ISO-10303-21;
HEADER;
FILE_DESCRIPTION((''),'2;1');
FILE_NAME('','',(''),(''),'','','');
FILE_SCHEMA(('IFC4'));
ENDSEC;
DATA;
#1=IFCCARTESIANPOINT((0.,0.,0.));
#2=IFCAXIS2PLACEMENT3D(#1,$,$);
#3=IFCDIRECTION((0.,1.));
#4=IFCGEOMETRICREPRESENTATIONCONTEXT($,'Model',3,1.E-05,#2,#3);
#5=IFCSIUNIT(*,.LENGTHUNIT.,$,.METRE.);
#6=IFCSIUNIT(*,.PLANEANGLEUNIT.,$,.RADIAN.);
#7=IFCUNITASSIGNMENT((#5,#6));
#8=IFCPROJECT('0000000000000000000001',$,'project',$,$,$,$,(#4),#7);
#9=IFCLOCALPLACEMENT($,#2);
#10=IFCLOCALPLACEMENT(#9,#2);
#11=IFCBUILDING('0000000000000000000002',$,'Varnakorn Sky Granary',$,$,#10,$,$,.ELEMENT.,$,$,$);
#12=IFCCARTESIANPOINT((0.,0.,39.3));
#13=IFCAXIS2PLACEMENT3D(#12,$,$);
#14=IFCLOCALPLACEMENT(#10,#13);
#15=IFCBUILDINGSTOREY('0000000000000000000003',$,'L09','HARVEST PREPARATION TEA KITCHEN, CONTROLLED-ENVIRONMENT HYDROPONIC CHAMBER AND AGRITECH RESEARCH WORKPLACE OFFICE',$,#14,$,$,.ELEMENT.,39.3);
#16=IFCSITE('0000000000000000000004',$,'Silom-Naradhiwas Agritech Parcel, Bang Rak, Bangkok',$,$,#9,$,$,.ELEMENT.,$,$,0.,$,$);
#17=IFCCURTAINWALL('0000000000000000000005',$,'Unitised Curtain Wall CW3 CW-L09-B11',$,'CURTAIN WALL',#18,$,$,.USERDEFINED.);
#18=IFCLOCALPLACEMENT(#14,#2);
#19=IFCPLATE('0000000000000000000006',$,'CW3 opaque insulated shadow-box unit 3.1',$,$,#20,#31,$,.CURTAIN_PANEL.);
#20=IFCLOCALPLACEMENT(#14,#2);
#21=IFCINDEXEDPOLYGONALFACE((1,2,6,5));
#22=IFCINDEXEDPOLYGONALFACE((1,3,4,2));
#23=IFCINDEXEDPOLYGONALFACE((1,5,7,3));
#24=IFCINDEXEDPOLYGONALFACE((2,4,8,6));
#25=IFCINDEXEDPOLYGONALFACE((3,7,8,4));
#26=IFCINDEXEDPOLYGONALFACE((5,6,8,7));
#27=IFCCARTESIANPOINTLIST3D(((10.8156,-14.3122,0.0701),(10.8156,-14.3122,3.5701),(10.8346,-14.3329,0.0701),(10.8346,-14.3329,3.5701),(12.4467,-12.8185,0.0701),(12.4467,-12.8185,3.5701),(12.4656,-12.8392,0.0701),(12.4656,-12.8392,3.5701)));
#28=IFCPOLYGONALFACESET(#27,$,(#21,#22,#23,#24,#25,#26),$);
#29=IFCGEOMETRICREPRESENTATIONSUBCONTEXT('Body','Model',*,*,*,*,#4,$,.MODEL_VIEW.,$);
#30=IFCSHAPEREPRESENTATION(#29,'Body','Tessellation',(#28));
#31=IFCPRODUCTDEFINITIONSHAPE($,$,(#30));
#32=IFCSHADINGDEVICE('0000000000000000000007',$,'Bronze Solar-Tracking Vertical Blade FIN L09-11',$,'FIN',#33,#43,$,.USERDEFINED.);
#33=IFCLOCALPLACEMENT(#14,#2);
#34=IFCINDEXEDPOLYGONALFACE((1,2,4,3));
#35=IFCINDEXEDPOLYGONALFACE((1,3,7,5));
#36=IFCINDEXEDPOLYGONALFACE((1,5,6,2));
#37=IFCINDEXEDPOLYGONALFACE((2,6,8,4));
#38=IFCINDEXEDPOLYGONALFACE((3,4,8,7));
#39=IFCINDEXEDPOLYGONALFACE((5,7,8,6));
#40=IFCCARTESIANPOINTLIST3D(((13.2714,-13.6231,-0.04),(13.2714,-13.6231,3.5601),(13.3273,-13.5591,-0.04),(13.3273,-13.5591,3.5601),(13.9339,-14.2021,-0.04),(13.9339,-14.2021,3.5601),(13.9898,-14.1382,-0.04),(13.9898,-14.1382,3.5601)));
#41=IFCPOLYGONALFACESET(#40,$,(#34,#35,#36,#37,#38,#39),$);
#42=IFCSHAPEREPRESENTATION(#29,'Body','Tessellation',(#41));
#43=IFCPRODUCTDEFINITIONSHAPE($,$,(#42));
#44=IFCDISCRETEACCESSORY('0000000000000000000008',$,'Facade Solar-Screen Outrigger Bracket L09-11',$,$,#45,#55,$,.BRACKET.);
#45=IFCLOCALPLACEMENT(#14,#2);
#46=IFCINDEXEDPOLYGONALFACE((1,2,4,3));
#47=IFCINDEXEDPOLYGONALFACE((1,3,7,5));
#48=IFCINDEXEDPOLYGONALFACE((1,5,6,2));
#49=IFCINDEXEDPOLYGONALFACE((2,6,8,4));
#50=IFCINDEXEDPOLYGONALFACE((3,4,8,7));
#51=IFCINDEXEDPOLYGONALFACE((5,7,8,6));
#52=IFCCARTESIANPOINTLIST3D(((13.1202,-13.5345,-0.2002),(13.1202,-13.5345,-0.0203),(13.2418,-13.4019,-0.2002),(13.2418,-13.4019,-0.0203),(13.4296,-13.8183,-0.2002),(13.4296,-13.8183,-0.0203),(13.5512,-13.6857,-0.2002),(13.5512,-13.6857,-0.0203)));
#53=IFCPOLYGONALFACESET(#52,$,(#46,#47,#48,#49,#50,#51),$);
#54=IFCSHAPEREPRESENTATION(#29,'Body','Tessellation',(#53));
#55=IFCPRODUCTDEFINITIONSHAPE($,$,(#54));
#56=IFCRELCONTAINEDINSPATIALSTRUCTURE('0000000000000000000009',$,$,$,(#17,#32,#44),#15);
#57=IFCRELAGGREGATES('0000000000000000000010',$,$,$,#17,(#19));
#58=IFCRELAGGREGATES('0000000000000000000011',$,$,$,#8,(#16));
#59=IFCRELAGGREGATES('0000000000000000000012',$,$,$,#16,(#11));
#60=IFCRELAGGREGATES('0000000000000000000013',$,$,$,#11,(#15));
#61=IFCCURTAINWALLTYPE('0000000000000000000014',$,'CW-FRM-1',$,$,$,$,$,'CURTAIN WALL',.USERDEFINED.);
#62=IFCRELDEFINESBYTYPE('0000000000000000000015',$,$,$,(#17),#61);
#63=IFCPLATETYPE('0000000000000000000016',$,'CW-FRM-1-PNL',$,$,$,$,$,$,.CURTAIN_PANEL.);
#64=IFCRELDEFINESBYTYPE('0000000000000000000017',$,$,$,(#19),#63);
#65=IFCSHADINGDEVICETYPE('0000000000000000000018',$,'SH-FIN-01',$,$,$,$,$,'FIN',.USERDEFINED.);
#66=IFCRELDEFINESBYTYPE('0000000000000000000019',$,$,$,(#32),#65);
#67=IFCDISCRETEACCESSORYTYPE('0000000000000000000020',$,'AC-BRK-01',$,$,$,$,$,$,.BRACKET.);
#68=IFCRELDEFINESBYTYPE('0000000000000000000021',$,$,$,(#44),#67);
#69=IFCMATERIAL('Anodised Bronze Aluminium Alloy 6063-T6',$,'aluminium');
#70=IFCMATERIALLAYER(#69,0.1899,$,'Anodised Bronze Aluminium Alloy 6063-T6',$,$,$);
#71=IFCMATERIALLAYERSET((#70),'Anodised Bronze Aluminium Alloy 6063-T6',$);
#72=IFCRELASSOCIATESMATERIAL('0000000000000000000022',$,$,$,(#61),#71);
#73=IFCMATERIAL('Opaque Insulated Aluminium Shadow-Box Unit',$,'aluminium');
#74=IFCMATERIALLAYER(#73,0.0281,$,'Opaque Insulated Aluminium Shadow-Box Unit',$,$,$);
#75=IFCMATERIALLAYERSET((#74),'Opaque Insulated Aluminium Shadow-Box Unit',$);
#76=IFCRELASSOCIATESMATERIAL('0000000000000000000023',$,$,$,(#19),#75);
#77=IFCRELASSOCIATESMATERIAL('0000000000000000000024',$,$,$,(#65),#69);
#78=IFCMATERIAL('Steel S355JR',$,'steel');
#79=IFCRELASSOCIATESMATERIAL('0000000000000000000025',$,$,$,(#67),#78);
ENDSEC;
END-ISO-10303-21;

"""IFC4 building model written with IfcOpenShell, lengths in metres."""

from ifc_helpers import new_model, si_unit, direction, frame, origin, origin_2d, place, context, subcontext, project, spatial, rectangle, extrude, source, transform, mapped, material, layer, layer_set, type_object, type_shapes, element, aggregate, save


model = new_model("IFC4")

# Units and contexts
model_context = context("Model", 3, precision=1e-05, world=origin(), true_north=direction((0.0, 1.0)))
body_context = subcontext(model_context, "Body", "Model", "MODEL_VIEW")
ifc_project = project(units=[si_unit("LENGTHUNIT", "METRE"), si_unit("PLANEANGLEUNIT", "RADIAN")], contexts=[model_context])

# Site, building, storey
site_placement = place(None, origin())
site = spatial("IfcSite", under=ifc_project, at=site_placement, Name="Silom-Naradhiwas Agritech Parcel, Bang Rak, Bangkok", CompositionType="ELEMENT", RefElevation=0.0)
building_placement = place(site_placement, origin())
building = spatial("IfcBuilding", under=site, at=building_placement, Name="Varnakorn Sky Granary", CompositionType="ELEMENT")
storey_placement = place(building_placement, frame((0.0, 0.0, 39.3)))
storey = spatial("IfcBuildingStorey", under=building, at=storey_placement, Name="L09", Description="HARVEST PREPARATION TEA KITCHEN, CONTROLLED-ENVIRONMENT HYDROPONIC CHAMBER AND AGRITECH RESEARCH WORKPLACE OFFICE", CompositionType="ELEMENT", Elevation=39.3)

# Shared definitions
ifc_material_1 = material(Name="Steel S355JR", Category="steel")

# Curtain wall, plate
ifc_material_2 = material(Name="Anodised Bronze Aluminium Alloy 6063-T6", Category="aluminium")
ifc_layer_1 = layer(ifc_material_2, 0.1899, Name="Anodised Bronze Aluminium Alloy 6063-T6")
ifc_layer_set_1 = layer_set([ifc_layer_1], Name="Anodised Bronze Aluminium Alloy 6063-T6")
curtain_wall_type = type_object("IfcCurtainWallType", Name="CW-FRM-1", ElementType="CURTAIN WALL", PredefinedType="USERDEFINED", material=ifc_layer_set_1)
curtain_wall_placement = place(storey_placement, origin())
curtain_wall = element("IfcCurtainWall", 1, at=curtain_wall_placement, inside=storey, type_object=curtain_wall_type, Name="Unitised Curtain Wall CW3 CW-L09-B11", ObjectType="CURTAIN WALL", PredefinedType="USERDEFINED")
plate_type = type_object("IfcPlateType", Name="CW-FRM-1-PNL", PredefinedType="CURTAIN_PANEL")
ifc_material_3 = material(Name="Opaque Insulated Aluminium Shadow-Box Unit", Category="aluminium")
ifc_layer_2 = layer(ifc_material_3, 0.0281, Name="Opaque Insulated Aluminium Shadow-Box Unit")
ifc_layer_set_2 = layer_set([ifc_layer_2], Name="Opaque Insulated Aluminium Shadow-Box Unit")
shared_shape_1 = source(origin(), body_context, "Body", "SweptSolid", [
    extrude(rectangle(XDim=2.2117, YDim=0.0281, at=origin_2d()), origin(), (0.0, 0.0, 1.0), 3.5),
])
plate_1_placement = place(storey_placement, frame((11.6406, -13.5757, 0.0701), z_axis=(0.0, 0.0, 1.0), x_axis=(-0.737462, -0.675389, 0.0)))
plate_1 = element("IfcPlate", 2, at=plate_1_placement, type_object=plate_type, material=ifc_layer_set_2, Name="CW3 opaque insulated shadow-box unit 3.1", PredefinedType="CURTAIN_PANEL", context=body_context, shape_type="MappedRepresentation", body=[
    mapped(shared_shape_1, transform((0.0, 0.0, 0.0), x_axis=(1.0, 0.0, 0.0), y_axis=(0.0, 1.0, 0.0), z_axis=(0.0, 0.0, 1.0), scale=1.0)),
])
aggregate(curtain_wall, [plate_1])

# Shading device
shading_device_type = type_object("IfcShadingDeviceType", Name="SH-FIN-01", ElementType="FIN", PredefinedType="USERDEFINED", material=ifc_material_2)
shared_shape_2 = source(origin(), body_context, "Body", "SweptSolid", [
    extrude(rectangle(XDim=0.085, YDim=0.8799, at=origin_2d()), origin(), (0.0, 0.0, 1.0), 3.6001),
])
type_shapes(shading_device_type, [shared_shape_2])
shading_device_placement = place(storey_placement, frame((13.6306, -13.8806, -0.04), z_axis=(0.0, 0.0, 1.0), x_axis=(0.658121, 0.752912, 0.0)))
element("IfcShadingDevice", 3, at=shading_device_placement, inside=storey, type_object=shading_device_type, Name="Bronze Solar-Tracking Vertical Blade FIN L09-11", ObjectType="FIN", PredefinedType="USERDEFINED", context=body_context, shape_type="MappedRepresentation", body=[
    mapped(shared_shape_2, transform((0.0, 0.0, 0.0), x_axis=(1.0, 0.0, 0.0), y_axis=(0.0, 1.0, 0.0), z_axis=(0.0, 0.0, 1.0), scale=1.0)),
])

# Discrete accessory
discrete_accessory_type = type_object("IfcDiscreteAccessoryType", Name="AC-BRK-01", PredefinedType="BRACKET", material=ifc_material_1)
shared_shape_3 = source(origin(), body_context, "Body", "SweptSolid", [
    extrude(rectangle(XDim=0.1799, YDim=0.4199, at=origin_2d()), origin(), (0.0, 0.0, 1.0), 0.1799),
])
type_shapes(discrete_accessory_type, [shared_shape_3])
discrete_accessory_placement = place(storey_placement, frame((13.3357, -13.6101, -0.2002), z_axis=(0.0, 0.0, 1.0), x_axis=(0.676014, 0.736889, 0.0)))
element("IfcDiscreteAccessory", 4, at=discrete_accessory_placement, inside=storey, type_object=discrete_accessory_type, Name="Facade Solar-Screen Outrigger Bracket L09-11", PredefinedType="BRACKET", context=body_context, shape_type="MappedRepresentation", body=[
    mapped(shared_shape_3, transform((0.0, 0.0, 0.0), x_axis=(1.0, 0.0, 0.0), y_axis=(0.0, 1.0, 0.0), z_axis=(0.0, 0.0, 1.0), scale=1.0)),
])

save(model, "model.ifc")
